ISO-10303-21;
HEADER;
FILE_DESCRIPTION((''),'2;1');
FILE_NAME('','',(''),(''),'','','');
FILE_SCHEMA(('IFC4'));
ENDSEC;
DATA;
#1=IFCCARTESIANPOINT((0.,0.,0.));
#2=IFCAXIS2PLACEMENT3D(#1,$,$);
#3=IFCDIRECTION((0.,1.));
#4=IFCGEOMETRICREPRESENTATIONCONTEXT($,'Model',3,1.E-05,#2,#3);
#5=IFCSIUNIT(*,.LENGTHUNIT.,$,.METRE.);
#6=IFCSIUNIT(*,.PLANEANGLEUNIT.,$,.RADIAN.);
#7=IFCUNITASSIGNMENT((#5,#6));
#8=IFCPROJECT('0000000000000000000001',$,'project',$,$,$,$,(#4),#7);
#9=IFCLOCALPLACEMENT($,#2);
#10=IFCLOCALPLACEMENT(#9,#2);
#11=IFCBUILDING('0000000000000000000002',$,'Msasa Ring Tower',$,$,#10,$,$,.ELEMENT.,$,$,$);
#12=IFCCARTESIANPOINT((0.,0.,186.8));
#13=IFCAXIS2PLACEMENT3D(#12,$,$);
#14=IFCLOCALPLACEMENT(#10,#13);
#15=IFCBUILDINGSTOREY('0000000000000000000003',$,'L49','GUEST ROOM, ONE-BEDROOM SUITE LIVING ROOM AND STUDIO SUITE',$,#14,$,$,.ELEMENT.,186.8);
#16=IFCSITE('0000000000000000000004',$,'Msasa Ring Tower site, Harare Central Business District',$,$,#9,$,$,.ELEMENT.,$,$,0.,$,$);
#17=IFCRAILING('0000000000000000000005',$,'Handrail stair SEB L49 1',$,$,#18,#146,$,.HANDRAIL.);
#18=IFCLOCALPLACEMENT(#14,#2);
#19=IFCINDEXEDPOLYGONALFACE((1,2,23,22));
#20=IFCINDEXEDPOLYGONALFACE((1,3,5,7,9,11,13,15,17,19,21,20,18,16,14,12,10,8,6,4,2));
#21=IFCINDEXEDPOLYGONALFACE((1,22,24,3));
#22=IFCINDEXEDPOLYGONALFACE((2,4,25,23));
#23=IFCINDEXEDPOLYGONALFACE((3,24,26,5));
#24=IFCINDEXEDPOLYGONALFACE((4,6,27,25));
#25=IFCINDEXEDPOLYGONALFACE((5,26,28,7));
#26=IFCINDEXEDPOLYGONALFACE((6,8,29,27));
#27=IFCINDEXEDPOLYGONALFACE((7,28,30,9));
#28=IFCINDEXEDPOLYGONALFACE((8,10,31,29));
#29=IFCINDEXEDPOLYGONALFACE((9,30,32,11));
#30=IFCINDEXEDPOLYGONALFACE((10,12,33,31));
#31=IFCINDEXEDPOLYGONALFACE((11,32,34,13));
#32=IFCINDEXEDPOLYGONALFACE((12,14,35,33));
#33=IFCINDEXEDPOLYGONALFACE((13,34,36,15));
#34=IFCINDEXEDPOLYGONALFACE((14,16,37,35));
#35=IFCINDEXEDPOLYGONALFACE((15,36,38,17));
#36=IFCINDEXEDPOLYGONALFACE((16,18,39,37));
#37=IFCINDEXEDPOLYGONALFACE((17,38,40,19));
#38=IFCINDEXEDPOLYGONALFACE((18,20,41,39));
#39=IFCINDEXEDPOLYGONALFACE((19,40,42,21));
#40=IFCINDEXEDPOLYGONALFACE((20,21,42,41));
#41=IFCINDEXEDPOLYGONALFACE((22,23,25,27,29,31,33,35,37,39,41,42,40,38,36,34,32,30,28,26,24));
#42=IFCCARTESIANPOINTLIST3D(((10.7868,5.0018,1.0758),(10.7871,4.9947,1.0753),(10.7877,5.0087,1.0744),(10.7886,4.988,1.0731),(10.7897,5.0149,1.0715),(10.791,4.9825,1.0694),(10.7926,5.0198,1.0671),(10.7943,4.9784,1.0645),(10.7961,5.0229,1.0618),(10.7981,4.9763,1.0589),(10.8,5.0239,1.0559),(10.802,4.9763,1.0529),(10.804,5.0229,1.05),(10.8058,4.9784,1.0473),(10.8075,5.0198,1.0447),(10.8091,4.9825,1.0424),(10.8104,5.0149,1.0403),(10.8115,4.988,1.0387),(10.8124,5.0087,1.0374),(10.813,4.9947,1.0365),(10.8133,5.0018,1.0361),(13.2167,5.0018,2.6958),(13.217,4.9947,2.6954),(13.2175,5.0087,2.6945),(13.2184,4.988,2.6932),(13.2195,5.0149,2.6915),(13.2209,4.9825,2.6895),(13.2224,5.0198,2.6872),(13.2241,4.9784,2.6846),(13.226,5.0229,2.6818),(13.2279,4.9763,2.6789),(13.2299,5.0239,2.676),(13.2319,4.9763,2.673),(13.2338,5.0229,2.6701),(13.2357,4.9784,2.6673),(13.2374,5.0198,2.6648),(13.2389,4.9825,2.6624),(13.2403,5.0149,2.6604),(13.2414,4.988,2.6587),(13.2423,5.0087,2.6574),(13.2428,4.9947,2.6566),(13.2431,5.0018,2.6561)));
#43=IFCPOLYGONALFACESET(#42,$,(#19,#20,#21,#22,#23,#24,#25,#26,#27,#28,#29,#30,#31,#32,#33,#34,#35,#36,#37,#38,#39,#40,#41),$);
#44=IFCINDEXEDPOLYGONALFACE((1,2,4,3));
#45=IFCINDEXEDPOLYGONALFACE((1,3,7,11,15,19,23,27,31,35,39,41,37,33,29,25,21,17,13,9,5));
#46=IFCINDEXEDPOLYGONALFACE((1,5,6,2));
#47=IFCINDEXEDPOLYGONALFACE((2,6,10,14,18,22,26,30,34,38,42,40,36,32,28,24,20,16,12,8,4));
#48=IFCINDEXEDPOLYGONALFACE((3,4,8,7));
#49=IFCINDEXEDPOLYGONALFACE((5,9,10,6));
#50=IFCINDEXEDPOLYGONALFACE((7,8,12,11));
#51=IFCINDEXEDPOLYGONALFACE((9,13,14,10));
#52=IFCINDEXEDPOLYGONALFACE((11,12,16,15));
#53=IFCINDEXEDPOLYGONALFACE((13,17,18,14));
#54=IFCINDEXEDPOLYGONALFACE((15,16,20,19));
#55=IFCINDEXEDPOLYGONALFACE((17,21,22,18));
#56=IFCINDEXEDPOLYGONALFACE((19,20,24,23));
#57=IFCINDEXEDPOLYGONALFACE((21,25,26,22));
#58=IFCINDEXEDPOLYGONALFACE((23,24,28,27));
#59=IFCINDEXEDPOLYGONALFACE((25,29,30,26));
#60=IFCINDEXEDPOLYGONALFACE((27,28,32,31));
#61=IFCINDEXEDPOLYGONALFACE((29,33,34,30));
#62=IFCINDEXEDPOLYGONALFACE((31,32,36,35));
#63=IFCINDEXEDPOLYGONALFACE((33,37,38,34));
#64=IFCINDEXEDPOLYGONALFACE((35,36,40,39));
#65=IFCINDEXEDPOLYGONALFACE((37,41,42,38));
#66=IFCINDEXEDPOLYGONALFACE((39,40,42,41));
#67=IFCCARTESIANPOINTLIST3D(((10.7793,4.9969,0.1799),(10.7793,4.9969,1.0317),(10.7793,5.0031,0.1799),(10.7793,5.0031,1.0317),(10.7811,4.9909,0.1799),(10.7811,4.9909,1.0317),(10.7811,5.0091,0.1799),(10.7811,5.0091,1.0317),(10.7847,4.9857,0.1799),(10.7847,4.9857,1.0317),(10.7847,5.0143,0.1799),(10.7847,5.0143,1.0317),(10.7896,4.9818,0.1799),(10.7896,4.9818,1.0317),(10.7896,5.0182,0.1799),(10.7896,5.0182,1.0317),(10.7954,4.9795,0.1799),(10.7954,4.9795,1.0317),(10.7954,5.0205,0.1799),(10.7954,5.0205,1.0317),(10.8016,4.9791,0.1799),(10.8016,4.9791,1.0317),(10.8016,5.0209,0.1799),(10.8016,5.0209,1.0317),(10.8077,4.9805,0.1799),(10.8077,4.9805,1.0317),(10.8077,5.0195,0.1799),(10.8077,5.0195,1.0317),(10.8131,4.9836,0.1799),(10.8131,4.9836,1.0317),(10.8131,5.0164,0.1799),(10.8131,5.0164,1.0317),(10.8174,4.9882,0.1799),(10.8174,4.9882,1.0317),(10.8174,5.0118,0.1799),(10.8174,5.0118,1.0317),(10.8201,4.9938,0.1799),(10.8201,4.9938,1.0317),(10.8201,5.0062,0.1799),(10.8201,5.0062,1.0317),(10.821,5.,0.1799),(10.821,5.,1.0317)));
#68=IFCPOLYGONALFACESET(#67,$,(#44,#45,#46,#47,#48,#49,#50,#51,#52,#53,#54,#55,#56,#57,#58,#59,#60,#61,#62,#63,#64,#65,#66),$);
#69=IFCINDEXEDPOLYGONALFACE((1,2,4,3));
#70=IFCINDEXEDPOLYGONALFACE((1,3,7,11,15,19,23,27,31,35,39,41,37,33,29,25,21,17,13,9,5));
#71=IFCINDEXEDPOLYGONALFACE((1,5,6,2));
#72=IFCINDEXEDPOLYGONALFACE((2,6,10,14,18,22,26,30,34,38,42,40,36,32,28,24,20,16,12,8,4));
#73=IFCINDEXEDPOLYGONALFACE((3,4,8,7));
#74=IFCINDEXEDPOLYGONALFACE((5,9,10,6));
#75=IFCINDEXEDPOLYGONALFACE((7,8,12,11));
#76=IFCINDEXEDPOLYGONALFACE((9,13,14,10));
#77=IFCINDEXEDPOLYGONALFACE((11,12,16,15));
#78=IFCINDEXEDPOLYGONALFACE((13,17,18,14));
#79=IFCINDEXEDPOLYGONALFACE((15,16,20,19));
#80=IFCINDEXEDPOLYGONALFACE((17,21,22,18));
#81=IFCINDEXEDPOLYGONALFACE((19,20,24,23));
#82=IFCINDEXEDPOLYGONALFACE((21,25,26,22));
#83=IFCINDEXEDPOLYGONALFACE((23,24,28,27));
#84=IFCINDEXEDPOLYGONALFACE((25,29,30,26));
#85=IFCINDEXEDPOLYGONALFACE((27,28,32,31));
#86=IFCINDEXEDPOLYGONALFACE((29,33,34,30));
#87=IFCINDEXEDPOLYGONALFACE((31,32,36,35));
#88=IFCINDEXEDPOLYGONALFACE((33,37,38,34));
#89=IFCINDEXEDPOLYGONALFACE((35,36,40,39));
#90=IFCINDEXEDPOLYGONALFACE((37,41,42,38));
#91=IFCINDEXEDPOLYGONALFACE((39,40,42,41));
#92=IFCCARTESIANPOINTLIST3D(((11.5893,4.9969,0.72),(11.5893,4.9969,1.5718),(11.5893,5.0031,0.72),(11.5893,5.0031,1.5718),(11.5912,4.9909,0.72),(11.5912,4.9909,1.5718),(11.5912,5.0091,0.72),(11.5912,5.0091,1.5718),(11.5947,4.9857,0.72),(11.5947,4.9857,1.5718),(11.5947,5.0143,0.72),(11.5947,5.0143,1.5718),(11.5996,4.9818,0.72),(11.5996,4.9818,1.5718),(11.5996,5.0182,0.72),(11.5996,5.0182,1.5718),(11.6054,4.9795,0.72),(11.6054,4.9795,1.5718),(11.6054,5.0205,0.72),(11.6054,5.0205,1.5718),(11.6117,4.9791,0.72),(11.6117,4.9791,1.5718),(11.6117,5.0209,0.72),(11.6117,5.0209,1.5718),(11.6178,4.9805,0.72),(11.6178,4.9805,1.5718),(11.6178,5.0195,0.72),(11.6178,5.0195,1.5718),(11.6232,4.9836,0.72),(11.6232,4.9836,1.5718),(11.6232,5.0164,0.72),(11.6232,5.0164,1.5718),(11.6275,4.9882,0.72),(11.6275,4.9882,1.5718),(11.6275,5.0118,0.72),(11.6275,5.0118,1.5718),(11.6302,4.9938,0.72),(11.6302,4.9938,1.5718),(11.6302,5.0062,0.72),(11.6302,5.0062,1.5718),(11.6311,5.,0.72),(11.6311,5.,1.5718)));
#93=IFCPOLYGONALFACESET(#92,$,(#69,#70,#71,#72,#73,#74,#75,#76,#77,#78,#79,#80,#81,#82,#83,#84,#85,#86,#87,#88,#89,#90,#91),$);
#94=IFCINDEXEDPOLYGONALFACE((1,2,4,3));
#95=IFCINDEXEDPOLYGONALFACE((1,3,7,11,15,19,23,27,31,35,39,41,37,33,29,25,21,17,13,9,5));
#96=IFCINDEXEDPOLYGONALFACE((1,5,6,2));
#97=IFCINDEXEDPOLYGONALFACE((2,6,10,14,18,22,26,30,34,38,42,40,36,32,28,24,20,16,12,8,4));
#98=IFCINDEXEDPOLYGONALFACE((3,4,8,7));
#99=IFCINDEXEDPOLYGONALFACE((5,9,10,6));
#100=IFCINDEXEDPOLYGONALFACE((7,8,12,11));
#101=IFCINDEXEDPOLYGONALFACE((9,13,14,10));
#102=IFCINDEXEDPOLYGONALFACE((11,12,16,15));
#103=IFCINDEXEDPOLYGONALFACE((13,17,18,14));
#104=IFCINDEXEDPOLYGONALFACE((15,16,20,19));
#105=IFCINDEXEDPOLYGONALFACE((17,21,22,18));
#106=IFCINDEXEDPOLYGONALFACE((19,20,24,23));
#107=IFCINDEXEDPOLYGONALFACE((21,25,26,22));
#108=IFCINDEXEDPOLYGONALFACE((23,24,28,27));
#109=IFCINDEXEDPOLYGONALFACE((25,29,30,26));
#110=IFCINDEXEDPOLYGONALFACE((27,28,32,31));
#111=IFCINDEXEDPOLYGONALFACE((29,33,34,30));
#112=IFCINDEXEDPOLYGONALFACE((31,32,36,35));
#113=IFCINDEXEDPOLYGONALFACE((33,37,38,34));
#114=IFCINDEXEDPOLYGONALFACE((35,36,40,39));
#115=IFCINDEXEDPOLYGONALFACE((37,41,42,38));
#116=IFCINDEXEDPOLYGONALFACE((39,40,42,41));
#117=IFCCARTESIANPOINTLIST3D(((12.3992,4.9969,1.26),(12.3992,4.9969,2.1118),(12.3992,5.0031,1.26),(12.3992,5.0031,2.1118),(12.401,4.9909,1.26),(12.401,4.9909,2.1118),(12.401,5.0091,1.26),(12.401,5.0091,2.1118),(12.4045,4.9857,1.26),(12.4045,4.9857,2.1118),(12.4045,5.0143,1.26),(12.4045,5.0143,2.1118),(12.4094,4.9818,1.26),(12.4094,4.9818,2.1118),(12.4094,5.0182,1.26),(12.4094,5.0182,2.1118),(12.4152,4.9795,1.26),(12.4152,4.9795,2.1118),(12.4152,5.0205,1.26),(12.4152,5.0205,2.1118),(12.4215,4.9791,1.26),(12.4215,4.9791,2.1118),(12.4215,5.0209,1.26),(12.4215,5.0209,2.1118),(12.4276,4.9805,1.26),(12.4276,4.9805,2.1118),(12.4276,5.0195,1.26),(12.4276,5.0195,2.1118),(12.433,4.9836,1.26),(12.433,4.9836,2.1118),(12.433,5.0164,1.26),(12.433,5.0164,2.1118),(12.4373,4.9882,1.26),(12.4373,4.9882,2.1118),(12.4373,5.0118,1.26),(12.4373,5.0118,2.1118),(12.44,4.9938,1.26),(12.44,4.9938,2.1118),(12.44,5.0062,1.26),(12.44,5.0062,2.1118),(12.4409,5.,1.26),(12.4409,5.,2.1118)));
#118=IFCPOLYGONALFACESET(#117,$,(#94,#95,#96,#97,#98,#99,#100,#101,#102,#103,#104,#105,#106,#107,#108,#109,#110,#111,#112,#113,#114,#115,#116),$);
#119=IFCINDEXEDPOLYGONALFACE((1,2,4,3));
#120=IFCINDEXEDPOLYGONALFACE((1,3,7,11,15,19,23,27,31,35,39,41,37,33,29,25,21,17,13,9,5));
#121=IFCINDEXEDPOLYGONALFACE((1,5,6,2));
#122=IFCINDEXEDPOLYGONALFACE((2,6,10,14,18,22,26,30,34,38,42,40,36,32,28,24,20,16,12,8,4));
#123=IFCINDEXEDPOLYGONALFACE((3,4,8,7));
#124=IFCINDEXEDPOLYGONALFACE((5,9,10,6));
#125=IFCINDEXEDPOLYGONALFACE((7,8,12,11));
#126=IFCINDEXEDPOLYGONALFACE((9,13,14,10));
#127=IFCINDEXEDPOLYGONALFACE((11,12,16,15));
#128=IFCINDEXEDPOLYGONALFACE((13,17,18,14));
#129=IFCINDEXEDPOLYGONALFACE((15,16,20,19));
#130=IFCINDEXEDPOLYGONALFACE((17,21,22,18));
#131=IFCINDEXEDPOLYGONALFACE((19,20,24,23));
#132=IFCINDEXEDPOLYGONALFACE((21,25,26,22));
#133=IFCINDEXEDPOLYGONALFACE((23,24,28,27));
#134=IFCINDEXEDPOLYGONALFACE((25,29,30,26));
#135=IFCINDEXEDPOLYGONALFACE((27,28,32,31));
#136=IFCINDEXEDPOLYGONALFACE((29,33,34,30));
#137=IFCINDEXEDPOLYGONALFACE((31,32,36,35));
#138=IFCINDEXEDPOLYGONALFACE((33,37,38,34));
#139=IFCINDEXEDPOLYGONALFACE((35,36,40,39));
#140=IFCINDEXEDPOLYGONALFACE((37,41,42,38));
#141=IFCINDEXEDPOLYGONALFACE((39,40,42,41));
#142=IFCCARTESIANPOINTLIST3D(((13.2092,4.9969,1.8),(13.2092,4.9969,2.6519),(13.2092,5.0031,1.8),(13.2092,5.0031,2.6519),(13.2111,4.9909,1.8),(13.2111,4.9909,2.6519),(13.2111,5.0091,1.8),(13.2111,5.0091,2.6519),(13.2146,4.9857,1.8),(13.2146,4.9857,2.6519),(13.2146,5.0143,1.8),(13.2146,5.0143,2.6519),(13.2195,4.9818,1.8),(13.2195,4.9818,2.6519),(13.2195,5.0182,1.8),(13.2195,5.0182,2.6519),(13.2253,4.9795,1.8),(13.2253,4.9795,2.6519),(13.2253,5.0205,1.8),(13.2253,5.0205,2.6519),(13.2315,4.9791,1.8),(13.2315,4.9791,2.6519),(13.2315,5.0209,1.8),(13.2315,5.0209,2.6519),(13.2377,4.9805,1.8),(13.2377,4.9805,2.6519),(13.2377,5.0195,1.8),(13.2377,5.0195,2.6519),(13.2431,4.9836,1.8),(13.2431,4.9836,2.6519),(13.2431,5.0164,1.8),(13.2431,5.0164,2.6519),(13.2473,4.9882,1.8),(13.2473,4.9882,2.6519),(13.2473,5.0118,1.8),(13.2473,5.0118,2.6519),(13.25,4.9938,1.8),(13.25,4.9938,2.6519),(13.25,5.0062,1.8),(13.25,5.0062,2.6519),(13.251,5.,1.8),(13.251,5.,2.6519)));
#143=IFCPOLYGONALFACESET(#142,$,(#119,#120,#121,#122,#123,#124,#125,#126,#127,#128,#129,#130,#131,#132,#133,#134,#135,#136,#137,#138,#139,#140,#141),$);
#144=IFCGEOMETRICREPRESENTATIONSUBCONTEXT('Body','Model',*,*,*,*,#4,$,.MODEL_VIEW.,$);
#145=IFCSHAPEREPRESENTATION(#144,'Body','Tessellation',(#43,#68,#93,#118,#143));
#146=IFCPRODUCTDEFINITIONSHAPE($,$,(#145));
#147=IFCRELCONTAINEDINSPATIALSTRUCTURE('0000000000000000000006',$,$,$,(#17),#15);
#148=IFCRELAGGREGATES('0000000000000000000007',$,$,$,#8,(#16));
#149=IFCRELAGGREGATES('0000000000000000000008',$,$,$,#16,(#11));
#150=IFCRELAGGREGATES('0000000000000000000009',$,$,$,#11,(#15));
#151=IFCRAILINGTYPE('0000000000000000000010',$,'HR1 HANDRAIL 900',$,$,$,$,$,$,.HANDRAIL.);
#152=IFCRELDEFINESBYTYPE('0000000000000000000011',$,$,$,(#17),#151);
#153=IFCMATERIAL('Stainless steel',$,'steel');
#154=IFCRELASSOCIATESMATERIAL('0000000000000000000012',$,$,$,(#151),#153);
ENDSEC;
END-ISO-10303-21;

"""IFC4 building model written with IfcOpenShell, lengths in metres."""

from ifc_helpers import new_model, si_unit, direction, frame, origin, origin_2d, place, context, subcontext, project, spatial, circle, extrude, material, type_object, element, save


model = new_model("IFC4")

# Units and contexts
model_context = context("Model", 3, precision=1e-05, world=origin(), true_north=direction((0.0, 1.0)))
body_context = subcontext(model_context, "Body", "Model", "MODEL_VIEW")
ifc_project = project(units=[si_unit("LENGTHUNIT", "METRE"), si_unit("PLANEANGLEUNIT", "RADIAN")], contexts=[model_context])

# Site, building, storey
site_placement = place(None, origin())
site = spatial("IfcSite", under=ifc_project, at=site_placement, Name="Msasa Ring Tower site, Harare Central Business District", CompositionType="ELEMENT", RefElevation=0.0)
building_placement = place(site_placement, origin())
building = spatial("IfcBuilding", under=site, at=building_placement, Name="Msasa Ring Tower", CompositionType="ELEMENT")
storey_placement = place(building_placement, frame((0.0, 0.0, 186.8)))
storey = spatial("IfcBuildingStorey", under=building, at=storey_placement, Name="L49", Description="GUEST ROOM, ONE-BEDROOM SUITE LIVING ROOM AND STUDIO SUITE", CompositionType="ELEMENT", Elevation=186.8)

# Railing
ifc_material_1 = material(Name="Stainless steel", Category="steel")
railing_type = type_object("IfcRailingType", Name="HR1 HANDRAIL 900", PredefinedType="HANDRAIL", material=ifc_material_1)
for number, where, name in (
    (1, (10.8, 5.0, 0.1799), "Handrail stair SEB L49 1"),
):
    element("IfcRailing", number, at=place(storey_placement, frame(where)), inside=storey, type_object=railing_type, Name=name, PredefinedType="HANDRAIL", context=body_context, shape_type="SweptSolid", body=[
        extrude(circle(Radius=0.0239, at=origin_2d()), frame((0.0, 0.0, 0.876), z_axis=(0.832025, 0.0, 0.554739), x_axis=(0.0, 1.0, 0.0)), (0.0, 0.0, 1.0), 2.9204),
        extrude(circle(Radius=0.021, at=origin_2d()), origin(), (0.0, 0.0, 1.0), 0.8518),
        extrude(circle(Radius=0.021, at=origin_2d()), frame((0.8101, 0.0, 0.54)), (0.0, 0.0, 1.0), 0.8518),
        extrude(circle(Radius=0.021, at=origin_2d()), frame((1.6199, 0.0, 1.0801)), (0.0, 0.0, 1.0), 0.8518),
        extrude(circle(Radius=0.021, at=origin_2d()), frame((2.4299, 0.0, 1.6201)), (0.0, 0.0, 1.0), 0.8518),
    ])

save(model, "model.ifc")
